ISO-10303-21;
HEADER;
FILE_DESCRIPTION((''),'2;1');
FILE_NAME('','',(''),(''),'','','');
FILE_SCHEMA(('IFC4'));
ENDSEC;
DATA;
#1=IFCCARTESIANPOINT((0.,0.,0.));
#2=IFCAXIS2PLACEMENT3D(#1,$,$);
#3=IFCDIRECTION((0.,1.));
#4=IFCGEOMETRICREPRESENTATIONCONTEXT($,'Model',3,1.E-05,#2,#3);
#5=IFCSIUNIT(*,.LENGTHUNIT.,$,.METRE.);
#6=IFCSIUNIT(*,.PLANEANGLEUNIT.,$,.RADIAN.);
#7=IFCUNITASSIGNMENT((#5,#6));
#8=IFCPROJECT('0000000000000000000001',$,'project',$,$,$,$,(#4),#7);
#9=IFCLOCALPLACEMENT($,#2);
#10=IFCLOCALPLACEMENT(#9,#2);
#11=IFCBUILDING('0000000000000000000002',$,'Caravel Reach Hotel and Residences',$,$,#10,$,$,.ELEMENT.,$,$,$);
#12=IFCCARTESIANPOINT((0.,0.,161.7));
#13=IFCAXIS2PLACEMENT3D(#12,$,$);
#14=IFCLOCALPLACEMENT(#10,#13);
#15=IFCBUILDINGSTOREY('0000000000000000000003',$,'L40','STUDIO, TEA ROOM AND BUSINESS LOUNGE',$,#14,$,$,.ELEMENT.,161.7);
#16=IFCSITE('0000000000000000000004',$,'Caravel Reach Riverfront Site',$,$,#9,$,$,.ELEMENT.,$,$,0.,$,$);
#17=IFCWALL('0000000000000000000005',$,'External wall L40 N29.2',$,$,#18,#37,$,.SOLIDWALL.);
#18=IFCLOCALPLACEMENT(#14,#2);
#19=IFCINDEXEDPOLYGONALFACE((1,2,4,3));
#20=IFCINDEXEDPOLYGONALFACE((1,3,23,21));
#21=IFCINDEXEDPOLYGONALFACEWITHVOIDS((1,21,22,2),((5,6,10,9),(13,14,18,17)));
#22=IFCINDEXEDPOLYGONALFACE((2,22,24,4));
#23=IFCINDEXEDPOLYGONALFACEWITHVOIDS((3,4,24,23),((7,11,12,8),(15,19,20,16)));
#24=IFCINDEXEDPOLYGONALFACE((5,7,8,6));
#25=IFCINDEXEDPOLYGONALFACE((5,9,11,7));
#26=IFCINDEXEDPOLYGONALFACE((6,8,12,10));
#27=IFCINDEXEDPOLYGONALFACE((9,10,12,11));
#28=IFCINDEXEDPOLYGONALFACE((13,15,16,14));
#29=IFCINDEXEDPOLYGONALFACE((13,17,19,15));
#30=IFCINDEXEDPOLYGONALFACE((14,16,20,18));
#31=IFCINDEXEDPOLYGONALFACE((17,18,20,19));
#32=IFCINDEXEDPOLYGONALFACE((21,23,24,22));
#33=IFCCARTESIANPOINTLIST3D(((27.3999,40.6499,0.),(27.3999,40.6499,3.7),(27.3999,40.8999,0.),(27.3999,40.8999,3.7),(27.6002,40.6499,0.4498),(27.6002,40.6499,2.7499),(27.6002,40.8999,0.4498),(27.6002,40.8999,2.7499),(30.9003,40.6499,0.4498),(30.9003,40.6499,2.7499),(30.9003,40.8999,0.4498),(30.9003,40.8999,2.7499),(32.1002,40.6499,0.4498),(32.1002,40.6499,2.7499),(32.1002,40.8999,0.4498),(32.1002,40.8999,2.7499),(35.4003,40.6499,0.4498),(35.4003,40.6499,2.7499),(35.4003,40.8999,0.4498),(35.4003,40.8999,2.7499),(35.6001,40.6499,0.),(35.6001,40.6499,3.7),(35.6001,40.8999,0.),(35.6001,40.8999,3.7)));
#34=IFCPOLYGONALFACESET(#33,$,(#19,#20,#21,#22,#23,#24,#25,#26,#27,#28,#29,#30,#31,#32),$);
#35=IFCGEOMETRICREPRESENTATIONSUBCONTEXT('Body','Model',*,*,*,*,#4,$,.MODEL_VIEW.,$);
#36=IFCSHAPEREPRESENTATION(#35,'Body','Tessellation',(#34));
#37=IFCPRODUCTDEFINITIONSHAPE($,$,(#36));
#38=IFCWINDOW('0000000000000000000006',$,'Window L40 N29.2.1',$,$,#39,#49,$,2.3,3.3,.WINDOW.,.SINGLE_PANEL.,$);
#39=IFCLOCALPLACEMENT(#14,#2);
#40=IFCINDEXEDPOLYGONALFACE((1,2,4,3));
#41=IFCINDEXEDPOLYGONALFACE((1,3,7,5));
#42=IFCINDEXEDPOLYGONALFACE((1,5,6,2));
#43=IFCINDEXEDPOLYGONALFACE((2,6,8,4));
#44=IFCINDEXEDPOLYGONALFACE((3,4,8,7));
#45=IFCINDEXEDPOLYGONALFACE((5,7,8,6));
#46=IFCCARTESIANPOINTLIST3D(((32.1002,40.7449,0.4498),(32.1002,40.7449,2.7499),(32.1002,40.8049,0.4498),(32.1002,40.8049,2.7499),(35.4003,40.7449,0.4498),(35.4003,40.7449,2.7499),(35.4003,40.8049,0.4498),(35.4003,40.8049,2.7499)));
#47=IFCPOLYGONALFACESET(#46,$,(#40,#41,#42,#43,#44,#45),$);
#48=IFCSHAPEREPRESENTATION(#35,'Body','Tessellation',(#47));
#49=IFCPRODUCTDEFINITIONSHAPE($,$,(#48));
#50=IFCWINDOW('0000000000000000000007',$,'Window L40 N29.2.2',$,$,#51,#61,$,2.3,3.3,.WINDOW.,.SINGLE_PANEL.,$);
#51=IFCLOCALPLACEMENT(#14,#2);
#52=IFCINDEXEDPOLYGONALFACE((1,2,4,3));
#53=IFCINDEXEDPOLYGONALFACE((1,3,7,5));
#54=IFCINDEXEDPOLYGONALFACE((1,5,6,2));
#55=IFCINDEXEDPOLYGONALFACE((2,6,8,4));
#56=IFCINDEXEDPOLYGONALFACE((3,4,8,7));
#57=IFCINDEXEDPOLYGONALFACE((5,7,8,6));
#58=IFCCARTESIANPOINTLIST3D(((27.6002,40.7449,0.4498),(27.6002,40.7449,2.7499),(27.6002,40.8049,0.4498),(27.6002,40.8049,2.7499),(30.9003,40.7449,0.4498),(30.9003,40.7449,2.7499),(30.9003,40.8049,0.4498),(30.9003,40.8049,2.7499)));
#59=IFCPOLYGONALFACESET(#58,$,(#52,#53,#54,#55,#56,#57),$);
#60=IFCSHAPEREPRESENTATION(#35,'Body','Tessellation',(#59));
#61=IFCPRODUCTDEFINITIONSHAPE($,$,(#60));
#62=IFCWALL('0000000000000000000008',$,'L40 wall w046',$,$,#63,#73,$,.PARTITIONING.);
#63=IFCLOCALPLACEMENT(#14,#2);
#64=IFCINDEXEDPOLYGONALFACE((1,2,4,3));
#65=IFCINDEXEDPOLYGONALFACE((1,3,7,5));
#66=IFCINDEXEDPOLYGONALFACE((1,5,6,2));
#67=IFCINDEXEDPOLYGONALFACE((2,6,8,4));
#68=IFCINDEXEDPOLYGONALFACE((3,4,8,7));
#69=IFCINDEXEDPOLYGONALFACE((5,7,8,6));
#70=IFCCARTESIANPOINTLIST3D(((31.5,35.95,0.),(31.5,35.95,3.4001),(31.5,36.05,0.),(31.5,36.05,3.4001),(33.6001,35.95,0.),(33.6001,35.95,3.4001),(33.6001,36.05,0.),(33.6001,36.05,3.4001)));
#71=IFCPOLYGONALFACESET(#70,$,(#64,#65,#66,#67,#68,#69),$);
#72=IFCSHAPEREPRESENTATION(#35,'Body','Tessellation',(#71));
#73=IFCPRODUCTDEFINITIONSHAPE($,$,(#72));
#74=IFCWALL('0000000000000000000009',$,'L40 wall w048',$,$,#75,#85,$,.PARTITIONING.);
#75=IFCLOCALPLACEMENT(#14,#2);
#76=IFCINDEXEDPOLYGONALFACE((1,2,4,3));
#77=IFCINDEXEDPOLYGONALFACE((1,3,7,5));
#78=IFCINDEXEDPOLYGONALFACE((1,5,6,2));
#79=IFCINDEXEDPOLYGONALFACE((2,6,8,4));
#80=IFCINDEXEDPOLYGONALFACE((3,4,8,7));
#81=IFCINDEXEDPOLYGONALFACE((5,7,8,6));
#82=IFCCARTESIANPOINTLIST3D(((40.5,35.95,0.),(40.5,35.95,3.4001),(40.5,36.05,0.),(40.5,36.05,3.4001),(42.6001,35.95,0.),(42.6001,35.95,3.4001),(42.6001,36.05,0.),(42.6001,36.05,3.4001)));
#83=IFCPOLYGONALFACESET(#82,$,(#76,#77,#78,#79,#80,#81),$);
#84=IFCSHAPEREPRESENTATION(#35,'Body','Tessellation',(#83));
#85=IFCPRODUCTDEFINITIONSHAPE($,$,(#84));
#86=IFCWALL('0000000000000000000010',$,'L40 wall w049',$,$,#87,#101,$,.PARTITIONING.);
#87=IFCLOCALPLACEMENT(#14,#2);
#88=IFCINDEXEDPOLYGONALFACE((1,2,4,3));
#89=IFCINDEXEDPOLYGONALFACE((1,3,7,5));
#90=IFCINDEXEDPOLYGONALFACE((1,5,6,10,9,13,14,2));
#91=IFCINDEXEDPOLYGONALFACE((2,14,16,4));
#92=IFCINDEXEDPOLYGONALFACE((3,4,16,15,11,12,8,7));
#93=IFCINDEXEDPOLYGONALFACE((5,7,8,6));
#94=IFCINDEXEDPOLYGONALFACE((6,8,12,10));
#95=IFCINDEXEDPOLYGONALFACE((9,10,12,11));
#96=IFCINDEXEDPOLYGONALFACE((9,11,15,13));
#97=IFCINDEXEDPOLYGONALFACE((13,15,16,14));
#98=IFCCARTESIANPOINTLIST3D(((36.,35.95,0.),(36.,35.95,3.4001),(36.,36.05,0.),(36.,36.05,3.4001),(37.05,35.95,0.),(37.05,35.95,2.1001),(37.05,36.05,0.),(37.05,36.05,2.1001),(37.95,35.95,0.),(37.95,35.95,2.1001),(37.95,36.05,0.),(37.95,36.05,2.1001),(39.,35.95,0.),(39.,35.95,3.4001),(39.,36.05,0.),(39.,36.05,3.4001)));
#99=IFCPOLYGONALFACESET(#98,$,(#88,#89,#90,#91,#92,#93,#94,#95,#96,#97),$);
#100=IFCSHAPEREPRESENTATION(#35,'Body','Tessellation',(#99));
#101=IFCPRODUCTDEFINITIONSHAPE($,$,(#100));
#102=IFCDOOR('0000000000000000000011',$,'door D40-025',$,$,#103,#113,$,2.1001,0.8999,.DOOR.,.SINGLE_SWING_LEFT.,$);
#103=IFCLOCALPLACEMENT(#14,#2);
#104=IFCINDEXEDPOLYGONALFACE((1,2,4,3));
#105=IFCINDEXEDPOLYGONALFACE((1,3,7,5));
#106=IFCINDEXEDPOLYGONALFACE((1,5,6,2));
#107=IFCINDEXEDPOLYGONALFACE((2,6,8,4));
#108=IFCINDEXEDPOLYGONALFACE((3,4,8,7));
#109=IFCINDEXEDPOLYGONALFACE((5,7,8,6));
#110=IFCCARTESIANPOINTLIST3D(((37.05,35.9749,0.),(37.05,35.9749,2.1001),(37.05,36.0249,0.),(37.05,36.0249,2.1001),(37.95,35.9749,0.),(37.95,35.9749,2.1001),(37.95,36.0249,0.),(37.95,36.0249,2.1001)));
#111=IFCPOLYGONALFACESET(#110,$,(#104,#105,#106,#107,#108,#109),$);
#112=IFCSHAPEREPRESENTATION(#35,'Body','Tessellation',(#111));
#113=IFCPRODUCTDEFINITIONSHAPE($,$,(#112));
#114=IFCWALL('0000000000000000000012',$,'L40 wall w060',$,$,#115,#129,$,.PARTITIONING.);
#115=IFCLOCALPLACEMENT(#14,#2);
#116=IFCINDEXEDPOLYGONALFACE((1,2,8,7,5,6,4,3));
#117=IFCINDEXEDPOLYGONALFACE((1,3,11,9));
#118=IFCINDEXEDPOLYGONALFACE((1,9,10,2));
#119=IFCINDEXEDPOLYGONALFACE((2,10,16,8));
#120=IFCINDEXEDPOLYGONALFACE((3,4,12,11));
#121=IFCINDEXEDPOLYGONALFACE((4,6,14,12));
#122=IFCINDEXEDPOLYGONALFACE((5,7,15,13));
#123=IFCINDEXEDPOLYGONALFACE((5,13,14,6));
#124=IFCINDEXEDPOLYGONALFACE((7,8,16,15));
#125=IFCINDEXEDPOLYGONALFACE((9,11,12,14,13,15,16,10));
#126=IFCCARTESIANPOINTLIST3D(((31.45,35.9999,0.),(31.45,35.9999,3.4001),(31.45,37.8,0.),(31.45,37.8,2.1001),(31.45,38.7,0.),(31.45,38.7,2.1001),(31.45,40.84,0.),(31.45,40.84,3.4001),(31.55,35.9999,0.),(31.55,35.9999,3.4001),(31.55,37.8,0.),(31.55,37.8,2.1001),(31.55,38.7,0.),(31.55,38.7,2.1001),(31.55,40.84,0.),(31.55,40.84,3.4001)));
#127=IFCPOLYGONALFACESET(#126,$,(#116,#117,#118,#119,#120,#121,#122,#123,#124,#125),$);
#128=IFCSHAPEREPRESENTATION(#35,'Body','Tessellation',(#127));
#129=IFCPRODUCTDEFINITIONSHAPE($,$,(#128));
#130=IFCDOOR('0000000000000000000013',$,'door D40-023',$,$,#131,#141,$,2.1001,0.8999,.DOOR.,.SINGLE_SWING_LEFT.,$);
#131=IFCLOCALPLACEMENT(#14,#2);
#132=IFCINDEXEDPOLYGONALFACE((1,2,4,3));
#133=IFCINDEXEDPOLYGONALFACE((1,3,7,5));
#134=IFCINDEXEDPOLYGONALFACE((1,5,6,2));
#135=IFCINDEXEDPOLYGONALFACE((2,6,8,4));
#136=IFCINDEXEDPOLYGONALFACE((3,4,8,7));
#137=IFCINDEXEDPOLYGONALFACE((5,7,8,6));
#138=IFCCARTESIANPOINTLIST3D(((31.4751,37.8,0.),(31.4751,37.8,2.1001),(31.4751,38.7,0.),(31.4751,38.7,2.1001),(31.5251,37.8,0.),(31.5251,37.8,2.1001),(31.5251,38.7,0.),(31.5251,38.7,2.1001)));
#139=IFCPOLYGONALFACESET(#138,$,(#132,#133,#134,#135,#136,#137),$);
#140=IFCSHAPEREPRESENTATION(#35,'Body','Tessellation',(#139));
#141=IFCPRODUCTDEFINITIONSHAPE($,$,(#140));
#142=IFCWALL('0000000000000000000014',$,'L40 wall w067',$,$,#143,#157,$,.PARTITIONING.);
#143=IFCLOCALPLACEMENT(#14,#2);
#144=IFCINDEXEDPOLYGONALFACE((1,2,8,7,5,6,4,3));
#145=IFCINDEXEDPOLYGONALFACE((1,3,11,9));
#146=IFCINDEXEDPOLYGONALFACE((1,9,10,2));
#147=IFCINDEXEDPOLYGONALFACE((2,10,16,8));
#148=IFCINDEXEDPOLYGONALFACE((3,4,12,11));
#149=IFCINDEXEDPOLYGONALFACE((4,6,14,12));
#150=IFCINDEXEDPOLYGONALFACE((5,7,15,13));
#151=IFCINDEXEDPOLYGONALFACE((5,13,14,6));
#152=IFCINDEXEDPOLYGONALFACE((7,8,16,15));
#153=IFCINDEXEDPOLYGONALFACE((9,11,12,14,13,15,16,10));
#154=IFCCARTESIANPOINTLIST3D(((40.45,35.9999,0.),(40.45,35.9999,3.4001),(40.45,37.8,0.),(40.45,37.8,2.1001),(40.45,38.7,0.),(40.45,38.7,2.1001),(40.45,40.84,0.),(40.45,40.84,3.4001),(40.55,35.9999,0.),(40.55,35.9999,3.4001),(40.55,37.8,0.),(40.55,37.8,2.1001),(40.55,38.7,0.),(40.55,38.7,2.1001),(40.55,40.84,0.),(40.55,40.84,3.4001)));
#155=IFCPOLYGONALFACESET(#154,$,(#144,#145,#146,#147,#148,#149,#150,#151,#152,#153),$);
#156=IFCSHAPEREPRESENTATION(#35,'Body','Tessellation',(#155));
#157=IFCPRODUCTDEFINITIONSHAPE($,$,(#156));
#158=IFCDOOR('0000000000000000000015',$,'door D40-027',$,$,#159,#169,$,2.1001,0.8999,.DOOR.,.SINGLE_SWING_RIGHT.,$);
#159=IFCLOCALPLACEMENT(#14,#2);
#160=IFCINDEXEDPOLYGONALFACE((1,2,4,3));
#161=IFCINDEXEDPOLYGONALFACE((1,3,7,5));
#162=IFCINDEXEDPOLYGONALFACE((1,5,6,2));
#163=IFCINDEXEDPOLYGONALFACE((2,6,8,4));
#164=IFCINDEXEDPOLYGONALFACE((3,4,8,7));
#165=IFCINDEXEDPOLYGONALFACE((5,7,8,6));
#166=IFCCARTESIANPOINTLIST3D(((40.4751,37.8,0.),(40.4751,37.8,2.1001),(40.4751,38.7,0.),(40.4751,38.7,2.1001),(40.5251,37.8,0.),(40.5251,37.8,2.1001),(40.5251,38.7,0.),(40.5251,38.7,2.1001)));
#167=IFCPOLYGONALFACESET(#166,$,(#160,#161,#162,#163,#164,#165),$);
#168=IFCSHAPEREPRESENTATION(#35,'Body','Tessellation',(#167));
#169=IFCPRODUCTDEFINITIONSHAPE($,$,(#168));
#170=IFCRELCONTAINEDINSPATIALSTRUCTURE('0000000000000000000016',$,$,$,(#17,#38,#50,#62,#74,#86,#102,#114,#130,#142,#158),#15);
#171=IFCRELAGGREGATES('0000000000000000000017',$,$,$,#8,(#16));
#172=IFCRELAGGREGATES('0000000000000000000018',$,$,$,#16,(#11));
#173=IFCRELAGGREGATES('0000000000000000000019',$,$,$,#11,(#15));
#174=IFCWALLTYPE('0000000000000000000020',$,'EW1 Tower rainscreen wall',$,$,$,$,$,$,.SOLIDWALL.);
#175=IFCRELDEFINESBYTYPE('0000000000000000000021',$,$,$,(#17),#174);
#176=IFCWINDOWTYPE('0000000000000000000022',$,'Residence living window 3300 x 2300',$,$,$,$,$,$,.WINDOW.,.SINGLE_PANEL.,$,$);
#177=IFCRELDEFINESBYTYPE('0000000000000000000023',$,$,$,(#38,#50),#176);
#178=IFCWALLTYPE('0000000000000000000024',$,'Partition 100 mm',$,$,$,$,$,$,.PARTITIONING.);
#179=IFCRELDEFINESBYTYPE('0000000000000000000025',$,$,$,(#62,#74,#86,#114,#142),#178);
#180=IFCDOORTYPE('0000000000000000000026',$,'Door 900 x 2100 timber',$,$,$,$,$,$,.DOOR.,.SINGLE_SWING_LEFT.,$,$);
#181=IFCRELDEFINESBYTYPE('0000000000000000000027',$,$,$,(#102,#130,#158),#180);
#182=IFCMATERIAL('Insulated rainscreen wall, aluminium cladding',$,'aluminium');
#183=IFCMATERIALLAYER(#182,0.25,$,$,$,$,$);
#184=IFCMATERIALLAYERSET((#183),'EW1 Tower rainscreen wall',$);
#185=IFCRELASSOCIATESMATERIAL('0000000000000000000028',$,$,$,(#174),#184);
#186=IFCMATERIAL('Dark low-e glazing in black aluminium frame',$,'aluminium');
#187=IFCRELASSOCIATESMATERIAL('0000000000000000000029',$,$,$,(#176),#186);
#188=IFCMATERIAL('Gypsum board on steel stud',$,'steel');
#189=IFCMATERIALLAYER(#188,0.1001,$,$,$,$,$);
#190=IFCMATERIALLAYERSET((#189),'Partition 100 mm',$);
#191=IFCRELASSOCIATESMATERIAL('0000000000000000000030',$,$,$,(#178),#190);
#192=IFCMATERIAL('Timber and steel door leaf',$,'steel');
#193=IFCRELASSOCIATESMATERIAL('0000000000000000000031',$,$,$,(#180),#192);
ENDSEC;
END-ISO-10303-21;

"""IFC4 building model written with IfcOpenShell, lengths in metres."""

from ifc_helpers import new_model, si_unit, direction, frame, frame_2d, origin, place, context, subcontext, project, spatial, rectangle, extrude, material, layer, layer_set, type_object, element, fill, save


model = new_model("IFC4")

# Units and contexts
model_context = context("Model", 3, precision=1e-05, world=origin(), true_north=direction((0.0, 1.0)))
body_context = subcontext(model_context, "Body", "Model", "MODEL_VIEW")
ifc_project = project(units=[si_unit("LENGTHUNIT", "METRE"), si_unit("PLANEANGLEUNIT", "RADIAN")], contexts=[model_context])

# Site, building, storey
site_placement = place(None, origin())
site = spatial("IfcSite", under=ifc_project, at=site_placement, Name="Caravel Reach Riverfront Site", CompositionType="ELEMENT", RefElevation=0.0)
building_placement = place(site_placement, origin())
building = spatial("IfcBuilding", under=site, at=building_placement, Name="Caravel Reach Hotel and Residences", CompositionType="ELEMENT")
storey_placement = place(building_placement, frame((0.0, 0.0, 161.7)))
storey = spatial("IfcBuildingStorey", under=building, at=storey_placement, Name="L40", Description="STUDIO, TEA ROOM AND BUSINESS LOUNGE", CompositionType="ELEMENT", Elevation=161.7)

# Shared definitions
ifc_material_1 = material(Name="Insulated rainscreen wall, aluminium cladding", Category="aluminium")
ifc_layer_1 = layer(ifc_material_1, 0.25)
ifc_layer_set_1 = layer_set([ifc_layer_1], Name="EW1 Tower rainscreen wall")
wall_type_1 = type_object("IfcWallType", Name="EW1 Tower rainscreen wall", PredefinedType="SOLIDWALL", material=ifc_layer_set_1)

# Wall, openings, windows
ifc_material_2 = material(Name="Dark low-e glazing in black aluminium frame", Category="aluminium")
window_type_1 = type_object("IfcWindowType", Name="Residence living window 3300 x 2300", PartitioningType="SINGLE_PANEL", PredefinedType="WINDOW", material=ifc_material_2)
wall_1_placement = place(storey_placement, frame((35.6001, 40.7749, 0.0), z_axis=(0.0, 0.0, 1.0), x_axis=(-1.0, 0.0, 0.0)))
wall_1 = element("IfcWall", 1, at=wall_1_placement, inside=storey, type_object=wall_type_1, Name="External wall L40 N29.2", PredefinedType="SOLIDWALL", context=body_context, shape_type="SweptSolid", body=[
    extrude(rectangle(XDim=8.2002, YDim=0.25, at=frame_2d((4.1001, 0.0))), origin(), (0.0, 0.0, 1.0), 3.7),
])
opening_1_placement = place(wall_1_placement, frame((0.2, 0.0, 0.45)))
opening_1 = element("IfcOpeningElement", 2, at=opening_1_placement, cuts=wall_1, PredefinedType="OPENING", context=body_context, shape_type="SweptSolid", body=[
    extrude(rectangle(XDim=3.3, YDim=2.3, at=frame_2d((1.6499, 1.1499))), frame((0.0, 0.135, 0.0), z_axis=(0.0, -1.0, 0.0), x_axis=(1.0, 0.0, 0.0)), (0.0, 0.0, 1.0), 0.27),
])
opening_2_placement = place(wall_1_placement, frame((4.7, 0.0, 0.45)))
opening_2 = element("IfcOpeningElement", 3, at=opening_2_placement, cuts=wall_1, PredefinedType="OPENING", context=body_context, shape_type="SweptSolid", body=[
    extrude(rectangle(XDim=3.3, YDim=2.3, at=frame_2d((1.6499, 1.1499))), frame((0.0, 0.135, 0.0), z_axis=(0.0, -1.0, 0.0), x_axis=(1.0, 0.0, 0.0)), (0.0, 0.0, 1.0), 0.27),
])
window_1_placement = place(opening_1_placement, origin())
window_1 = element("IfcWindow", 4, at=window_1_placement, inside=storey, type_object=window_type_1, Name="Window L40 N29.2.1", OverallHeight=2.3, OverallWidth=3.3, PartitioningType="SINGLE_PANEL", PredefinedType="WINDOW", context=body_context, shape_type="SweptSolid", body=[
    extrude(rectangle(XDim=3.3, YDim=2.3, at=frame_2d((1.6499, 1.1499))), frame((0.0, 0.03, 0.0), z_axis=(0.0, -1.0, 0.0), x_axis=(1.0, 0.0, 0.0)), (0.0, 0.0, 1.0), 0.0601),
])
fill(opening_1, window_1)
window_2_placement = place(opening_2_placement, origin())
window_2 = element("IfcWindow", 5, at=window_2_placement, inside=storey, type_object=window_type_1, Name="Window L40 N29.2.2", OverallHeight=2.3, OverallWidth=3.3, PartitioningType="SINGLE_PANEL", PredefinedType="WINDOW", context=body_context, shape_type="SweptSolid", body=[
    extrude(rectangle(XDim=3.3, YDim=2.3, at=frame_2d((1.6499, 1.1499))), frame((0.0, 0.03, 0.0), z_axis=(0.0, -1.0, 0.0), x_axis=(1.0, 0.0, 0.0)), (0.0, 0.0, 1.0), 0.0601),
])
fill(opening_2, window_2)

# Walls
ifc_material_3 = material(Name="Gypsum board on steel stud", Category="steel")
ifc_layer_2 = layer(ifc_material_3, 0.1001)
ifc_layer_set_2 = layer_set([ifc_layer_2], Name="Partition 100 mm")
wall_type_2 = type_object("IfcWallType", Name="Partition 100 mm", PredefinedType="PARTITIONING", material=ifc_layer_set_2)
for number, where, z_axis, x_axis, name in (
    (6, (31.5, 36.0, 0.0), (0.0, 0.0, 1.0), (1.0, 0.0, 0.0), "L40 wall w046"),
    (7, (40.5, 36.0, 0.0), (0.0, 0.0, 1.0), (1.0, 0.0, 0.0), "L40 wall w048"),
):
    element("IfcWall", number, at=place(storey_placement, frame(where, z_axis=z_axis, x_axis=x_axis)), inside=storey, type_object=wall_type_2, Name=name, PredefinedType="PARTITIONING", context=body_context, shape_type="SweptSolid", body=[
        extrude(rectangle(XDim=2.1001, YDim=0.1001, at=frame_2d((1.05, 0.0))), origin(), (0.0, 0.0, 1.0), 3.4001),
    ])

# Walls, openings, doors
wall_2_placement = place(storey_placement, frame((36.0, 36.0, 0.0), z_axis=(0.0, 0.0, 1.0), x_axis=(1.0, 0.0, 0.0)))
wall_2 = element("IfcWall", 8, at=wall_2_placement, inside=storey, type_object=wall_type_2, Name="L40 wall w049", PredefinedType="PARTITIONING", context=body_context, shape_type="SweptSolid", body=[
    extrude(rectangle(XDim=3.0, YDim=0.1001, at=frame_2d((1.5, 0.0))), origin(), (0.0, 0.0, 1.0), 3.4001),
])
opening_3_placement = place(wall_2_placement, frame((1.05, 0.0, 0.0)))
opening_3 = element("IfcOpeningElement", 9, at=opening_3_placement, cuts=wall_2, PredefinedType="OPENING", context=body_context, shape_type="SweptSolid", body=[
    extrude(rectangle(XDim=0.8999, YDim=2.1001, at=frame_2d((0.45, 1.05))), frame((0.0, 0.0601, 0.0), z_axis=(0.0, -1.0, 0.0), x_axis=(1.0, 0.0, 0.0)), (0.0, 0.0, 1.0), 0.1201),
])
ifc_material_4 = material(Name="Timber and steel door leaf", Category="steel")
door_type = type_object("IfcDoorType", Name="Door 900 x 2100 timber", OperationType="SINGLE_SWING_LEFT", PredefinedType="DOOR", material=ifc_material_4)
door_1_placement = place(opening_3_placement, origin())
door_1 = element("IfcDoor", 10, at=door_1_placement, inside=storey, type_object=door_type, Name="door D40-025", OperationType="SINGLE_SWING_LEFT", OverallHeight=2.1001, OverallWidth=0.8999, PredefinedType="DOOR", context=body_context, shape_type="SweptSolid", body=[
    extrude(rectangle(XDim=0.8999, YDim=2.1001, at=frame_2d((0.45, 1.05))), frame((0.0, 0.0249, 0.0), z_axis=(0.0, -1.0, 0.0), x_axis=(1.0, 0.0, 0.0)), (0.0, 0.0, 1.0), 0.05),
])
fill(opening_3, door_1)
wall_3_placement = place(storey_placement, frame((31.5, 36.0, 0.0), z_axis=(0.0, 0.0, 1.0), x_axis=(0.0, 1.0, 0.0)))
wall_3 = element("IfcWall", 11, at=wall_3_placement, inside=storey, type_object=wall_type_2, Name="L40 wall w060", PredefinedType="PARTITIONING", context=body_context, shape_type="SweptSolid", body=[
    extrude(rectangle(XDim=4.8401, YDim=0.1001, at=frame_2d((2.4199, 0.0))), origin(), (0.0, 0.0, 1.0), 3.4001),
])
opening_4_placement = place(wall_3_placement, frame((1.8, 0.0, 0.0)))
opening_4 = element("IfcOpeningElement", 12, at=opening_4_placement, cuts=wall_3, PredefinedType="OPENING", context=body_context, shape_type="SweptSolid", body=[
    extrude(rectangle(XDim=0.8999, YDim=2.1001, at=frame_2d((0.45, 1.05))), frame((0.0, 0.0601, 0.0), z_axis=(0.0, -1.0, 0.0), x_axis=(1.0, 0.0, 0.0)), (0.0, 0.0, 1.0), 0.1201),
])
door_2_placement = place(opening_4_placement, origin())
door_2 = element("IfcDoor", 13, at=door_2_placement, inside=storey, type_object=door_type, Name="door D40-023", OperationType="SINGLE_SWING_LEFT", OverallHeight=2.1001, OverallWidth=0.8999, PredefinedType="DOOR", context=body_context, shape_type="SweptSolid", body=[
    extrude(rectangle(XDim=0.8999, YDim=2.1001, at=frame_2d((0.45, 1.05))), frame((0.0, 0.0249, 0.0), z_axis=(0.0, -1.0, 0.0), x_axis=(1.0, 0.0, 0.0)), (0.0, 0.0, 1.0), 0.05),
])
fill(opening_4, door_2)
wall_4_placement = place(storey_placement, frame((40.5, 36.0, 0.0), z_axis=(0.0, 0.0, 1.0), x_axis=(0.0, 1.0, 0.0)))
wall_4 = element("IfcWall", 14, at=wall_4_placement, inside=storey, type_object=wall_type_2, Name="L40 wall w067", PredefinedType="PARTITIONING", context=body_context, shape_type="SweptSolid", body=[
    extrude(rectangle(XDim=4.8401, YDim=0.1001, at=frame_2d((2.4199, 0.0))), origin(), (0.0, 0.0, 1.0), 3.4001),
])
opening_5_placement = place(wall_4_placement, frame((1.8, 0.0, 0.0)))
opening_5 = element("IfcOpeningElement", 15, at=opening_5_placement, cuts=wall_4, PredefinedType="OPENING", context=body_context, shape_type="SweptSolid", body=[
    extrude(rectangle(XDim=0.8999, YDim=2.1001, at=frame_2d((0.45, 1.05))), frame((0.0, 0.0601, 0.0), z_axis=(0.0, -1.0, 0.0), x_axis=(1.0, 0.0, 0.0)), (0.0, 0.0, 1.0), 0.1201),
])
door_3_placement = place(opening_5_placement, origin())
door_3 = element("IfcDoor", 16, at=door_3_placement, inside=storey, type_object=door_type, Name="door D40-027", OperationType="SINGLE_SWING_RIGHT", OverallHeight=2.1001, OverallWidth=0.8999, PredefinedType="DOOR", context=body_context, shape_type="SweptSolid", body=[
    extrude(rectangle(XDim=0.8999, YDim=2.1001, at=frame_2d((0.45, 1.05))), frame((0.0, 0.0249, 0.0), z_axis=(0.0, -1.0, 0.0), x_axis=(1.0, 0.0, 0.0)), (0.0, 0.0, 1.0), 0.05),
])
fill(opening_5, door_3)

save(model, "model.ifc")
